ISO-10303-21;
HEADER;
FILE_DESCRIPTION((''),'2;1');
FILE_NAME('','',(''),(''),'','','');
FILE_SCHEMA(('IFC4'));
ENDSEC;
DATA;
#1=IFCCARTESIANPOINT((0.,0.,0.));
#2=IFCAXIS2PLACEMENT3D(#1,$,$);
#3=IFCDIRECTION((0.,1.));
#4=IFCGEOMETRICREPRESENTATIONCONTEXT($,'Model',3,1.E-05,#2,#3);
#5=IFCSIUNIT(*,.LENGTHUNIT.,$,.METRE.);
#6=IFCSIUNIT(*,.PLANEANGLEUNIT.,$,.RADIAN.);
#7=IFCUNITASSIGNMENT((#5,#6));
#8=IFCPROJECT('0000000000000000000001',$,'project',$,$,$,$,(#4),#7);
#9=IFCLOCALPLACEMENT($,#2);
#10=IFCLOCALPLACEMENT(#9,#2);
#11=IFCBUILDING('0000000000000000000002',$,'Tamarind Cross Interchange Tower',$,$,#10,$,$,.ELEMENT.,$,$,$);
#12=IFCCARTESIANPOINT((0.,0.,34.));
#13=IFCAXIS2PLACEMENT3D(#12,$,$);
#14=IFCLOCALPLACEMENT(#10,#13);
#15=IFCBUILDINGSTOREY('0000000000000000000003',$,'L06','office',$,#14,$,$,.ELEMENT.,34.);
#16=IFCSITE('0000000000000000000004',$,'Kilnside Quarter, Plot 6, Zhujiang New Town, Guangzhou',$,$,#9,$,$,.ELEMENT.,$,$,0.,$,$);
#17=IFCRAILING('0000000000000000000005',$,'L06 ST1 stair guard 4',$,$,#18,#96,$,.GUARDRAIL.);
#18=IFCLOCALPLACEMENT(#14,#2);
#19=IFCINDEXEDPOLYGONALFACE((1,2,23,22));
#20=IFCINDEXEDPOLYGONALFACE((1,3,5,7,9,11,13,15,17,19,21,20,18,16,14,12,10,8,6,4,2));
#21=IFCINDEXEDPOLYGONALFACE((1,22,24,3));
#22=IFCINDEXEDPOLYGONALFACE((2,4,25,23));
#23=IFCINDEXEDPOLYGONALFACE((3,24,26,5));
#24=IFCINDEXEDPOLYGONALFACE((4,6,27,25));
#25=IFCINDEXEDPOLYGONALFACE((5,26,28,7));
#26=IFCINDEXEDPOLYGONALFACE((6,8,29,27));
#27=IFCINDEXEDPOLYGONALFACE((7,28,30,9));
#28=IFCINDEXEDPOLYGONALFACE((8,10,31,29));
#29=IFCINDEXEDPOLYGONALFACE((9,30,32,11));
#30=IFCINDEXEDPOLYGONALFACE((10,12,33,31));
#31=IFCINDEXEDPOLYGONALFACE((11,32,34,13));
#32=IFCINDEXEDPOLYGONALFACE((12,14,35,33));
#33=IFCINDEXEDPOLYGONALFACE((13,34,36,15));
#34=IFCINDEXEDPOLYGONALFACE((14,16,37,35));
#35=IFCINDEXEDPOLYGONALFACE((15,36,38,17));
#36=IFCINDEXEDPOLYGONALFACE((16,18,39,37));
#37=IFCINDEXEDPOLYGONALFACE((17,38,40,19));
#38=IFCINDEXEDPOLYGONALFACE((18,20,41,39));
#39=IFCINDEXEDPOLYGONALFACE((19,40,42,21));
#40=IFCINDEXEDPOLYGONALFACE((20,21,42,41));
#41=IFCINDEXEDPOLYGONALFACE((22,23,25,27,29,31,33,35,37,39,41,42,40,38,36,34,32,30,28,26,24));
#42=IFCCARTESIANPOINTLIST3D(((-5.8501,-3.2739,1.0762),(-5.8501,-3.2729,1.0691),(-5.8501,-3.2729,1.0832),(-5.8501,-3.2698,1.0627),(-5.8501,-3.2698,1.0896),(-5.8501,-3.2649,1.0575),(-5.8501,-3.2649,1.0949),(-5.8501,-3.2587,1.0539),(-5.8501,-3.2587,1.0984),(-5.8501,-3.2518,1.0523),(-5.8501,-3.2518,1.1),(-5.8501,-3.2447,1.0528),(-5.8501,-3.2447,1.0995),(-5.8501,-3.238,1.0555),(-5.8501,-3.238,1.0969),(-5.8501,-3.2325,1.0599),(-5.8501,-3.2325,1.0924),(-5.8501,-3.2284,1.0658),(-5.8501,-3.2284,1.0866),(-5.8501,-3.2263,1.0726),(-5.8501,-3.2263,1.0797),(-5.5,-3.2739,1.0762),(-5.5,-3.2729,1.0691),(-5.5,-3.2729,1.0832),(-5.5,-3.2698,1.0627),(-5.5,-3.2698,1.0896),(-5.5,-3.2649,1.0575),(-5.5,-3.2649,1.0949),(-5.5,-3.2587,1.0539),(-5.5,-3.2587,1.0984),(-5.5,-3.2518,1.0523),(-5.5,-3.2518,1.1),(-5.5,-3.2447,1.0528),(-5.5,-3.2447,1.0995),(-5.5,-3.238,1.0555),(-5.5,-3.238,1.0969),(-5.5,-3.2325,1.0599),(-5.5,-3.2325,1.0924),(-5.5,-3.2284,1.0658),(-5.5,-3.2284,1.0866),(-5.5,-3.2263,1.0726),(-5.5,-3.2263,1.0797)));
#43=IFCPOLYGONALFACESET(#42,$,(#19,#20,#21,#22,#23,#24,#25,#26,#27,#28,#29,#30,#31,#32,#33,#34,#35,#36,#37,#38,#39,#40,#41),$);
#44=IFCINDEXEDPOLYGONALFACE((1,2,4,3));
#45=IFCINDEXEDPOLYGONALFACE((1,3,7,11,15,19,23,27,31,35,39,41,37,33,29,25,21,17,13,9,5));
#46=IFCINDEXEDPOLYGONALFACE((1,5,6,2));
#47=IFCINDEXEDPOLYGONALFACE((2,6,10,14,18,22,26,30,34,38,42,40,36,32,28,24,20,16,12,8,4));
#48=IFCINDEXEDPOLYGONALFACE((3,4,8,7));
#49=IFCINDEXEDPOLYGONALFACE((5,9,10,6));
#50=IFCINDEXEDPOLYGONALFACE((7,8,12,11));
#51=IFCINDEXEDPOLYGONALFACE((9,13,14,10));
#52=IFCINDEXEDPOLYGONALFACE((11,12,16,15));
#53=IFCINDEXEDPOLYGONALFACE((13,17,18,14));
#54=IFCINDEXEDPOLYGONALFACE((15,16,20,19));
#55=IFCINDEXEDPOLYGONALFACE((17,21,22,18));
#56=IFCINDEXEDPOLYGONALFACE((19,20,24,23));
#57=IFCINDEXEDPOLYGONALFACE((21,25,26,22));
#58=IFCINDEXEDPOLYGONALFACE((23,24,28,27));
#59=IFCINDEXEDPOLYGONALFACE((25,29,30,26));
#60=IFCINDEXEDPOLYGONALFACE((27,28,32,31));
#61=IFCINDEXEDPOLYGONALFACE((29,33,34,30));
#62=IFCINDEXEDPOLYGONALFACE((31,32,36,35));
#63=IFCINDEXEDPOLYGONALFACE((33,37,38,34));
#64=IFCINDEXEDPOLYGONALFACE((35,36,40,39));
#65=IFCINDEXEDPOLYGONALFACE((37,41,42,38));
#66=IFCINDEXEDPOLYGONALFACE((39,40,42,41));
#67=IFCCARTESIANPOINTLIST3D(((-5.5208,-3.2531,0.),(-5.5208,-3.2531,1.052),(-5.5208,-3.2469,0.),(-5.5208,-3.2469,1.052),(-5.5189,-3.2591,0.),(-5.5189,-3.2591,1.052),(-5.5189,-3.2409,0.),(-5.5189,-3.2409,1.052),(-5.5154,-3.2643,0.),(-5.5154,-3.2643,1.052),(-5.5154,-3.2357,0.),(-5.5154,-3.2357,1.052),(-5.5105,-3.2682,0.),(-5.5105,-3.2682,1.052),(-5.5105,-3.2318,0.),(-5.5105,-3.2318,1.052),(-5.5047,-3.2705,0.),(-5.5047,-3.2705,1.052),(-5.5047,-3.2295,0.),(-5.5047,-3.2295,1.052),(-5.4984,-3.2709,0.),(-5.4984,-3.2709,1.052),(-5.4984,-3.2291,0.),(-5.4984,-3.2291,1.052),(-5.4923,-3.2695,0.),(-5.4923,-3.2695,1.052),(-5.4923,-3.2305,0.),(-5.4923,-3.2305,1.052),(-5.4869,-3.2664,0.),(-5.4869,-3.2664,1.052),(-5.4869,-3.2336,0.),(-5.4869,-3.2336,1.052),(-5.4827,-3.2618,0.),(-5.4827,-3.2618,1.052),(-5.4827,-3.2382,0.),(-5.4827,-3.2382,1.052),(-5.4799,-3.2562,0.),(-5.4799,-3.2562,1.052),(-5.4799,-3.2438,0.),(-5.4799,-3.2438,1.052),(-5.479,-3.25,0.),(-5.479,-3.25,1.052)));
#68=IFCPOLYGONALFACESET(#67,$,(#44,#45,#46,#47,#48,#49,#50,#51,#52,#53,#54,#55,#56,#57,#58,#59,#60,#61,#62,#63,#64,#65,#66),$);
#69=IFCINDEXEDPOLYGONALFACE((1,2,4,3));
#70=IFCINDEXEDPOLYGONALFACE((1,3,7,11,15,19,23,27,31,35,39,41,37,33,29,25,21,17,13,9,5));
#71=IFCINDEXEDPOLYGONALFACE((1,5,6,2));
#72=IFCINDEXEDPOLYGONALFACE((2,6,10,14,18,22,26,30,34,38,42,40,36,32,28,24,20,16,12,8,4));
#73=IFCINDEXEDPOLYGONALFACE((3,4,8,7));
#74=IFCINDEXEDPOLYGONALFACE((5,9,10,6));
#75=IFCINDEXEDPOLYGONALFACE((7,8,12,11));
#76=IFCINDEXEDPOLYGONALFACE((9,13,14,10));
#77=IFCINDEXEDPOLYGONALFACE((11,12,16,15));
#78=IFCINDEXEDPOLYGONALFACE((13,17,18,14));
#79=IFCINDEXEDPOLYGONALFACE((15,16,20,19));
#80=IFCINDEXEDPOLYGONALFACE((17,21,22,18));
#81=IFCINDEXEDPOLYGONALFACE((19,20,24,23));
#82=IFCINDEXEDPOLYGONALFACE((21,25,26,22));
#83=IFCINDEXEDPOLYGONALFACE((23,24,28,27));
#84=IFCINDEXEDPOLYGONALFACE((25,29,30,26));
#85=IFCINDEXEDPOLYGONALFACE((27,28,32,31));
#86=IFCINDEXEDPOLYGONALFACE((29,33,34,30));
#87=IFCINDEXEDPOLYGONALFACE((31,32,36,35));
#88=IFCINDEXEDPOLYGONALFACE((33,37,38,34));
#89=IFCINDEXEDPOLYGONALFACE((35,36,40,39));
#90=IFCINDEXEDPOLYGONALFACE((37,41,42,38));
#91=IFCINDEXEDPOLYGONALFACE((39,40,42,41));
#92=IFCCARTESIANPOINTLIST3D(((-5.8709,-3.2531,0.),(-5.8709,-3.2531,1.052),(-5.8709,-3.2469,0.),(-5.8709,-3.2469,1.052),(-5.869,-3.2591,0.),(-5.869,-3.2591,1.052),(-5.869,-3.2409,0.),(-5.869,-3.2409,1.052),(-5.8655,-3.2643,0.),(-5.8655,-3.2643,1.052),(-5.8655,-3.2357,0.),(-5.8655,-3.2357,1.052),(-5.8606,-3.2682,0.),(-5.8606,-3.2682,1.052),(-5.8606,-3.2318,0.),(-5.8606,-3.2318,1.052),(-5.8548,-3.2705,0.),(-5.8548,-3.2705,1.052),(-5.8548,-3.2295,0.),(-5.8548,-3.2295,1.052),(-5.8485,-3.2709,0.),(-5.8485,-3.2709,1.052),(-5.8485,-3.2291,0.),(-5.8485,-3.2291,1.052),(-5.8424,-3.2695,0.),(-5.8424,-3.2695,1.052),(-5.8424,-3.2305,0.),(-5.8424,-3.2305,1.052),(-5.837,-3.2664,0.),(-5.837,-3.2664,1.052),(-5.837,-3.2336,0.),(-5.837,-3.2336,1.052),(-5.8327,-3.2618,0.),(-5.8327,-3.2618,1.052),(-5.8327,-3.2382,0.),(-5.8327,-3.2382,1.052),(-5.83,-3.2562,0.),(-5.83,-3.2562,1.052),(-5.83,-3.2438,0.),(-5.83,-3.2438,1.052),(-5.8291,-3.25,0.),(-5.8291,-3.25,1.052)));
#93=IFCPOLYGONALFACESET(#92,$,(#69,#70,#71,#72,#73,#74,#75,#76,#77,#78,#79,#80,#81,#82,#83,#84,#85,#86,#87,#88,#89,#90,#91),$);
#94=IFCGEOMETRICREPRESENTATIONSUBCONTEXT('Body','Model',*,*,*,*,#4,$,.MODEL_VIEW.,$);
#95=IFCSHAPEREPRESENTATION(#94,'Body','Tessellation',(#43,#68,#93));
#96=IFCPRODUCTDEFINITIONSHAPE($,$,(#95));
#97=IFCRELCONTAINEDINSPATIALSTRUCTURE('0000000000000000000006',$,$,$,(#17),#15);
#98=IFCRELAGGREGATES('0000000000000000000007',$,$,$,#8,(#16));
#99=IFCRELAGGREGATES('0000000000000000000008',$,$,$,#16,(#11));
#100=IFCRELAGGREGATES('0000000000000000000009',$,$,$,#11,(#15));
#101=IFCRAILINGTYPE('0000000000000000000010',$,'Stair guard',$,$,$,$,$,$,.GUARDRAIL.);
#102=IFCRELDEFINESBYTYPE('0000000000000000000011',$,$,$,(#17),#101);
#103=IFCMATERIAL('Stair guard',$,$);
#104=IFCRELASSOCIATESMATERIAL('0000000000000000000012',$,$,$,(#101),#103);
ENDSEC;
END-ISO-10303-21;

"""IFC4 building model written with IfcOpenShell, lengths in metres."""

from ifc_helpers import new_model, si_unit, direction, frame, origin, origin_2d, place, context, subcontext, project, spatial, circle, extrude, material, type_object, element, save


model = new_model("IFC4")

# Units and contexts
model_context = context("Model", 3, precision=1e-05, world=origin(), true_north=direction((0.0, 1.0)))
body_context = subcontext(model_context, "Body", "Model", "MODEL_VIEW")
ifc_project = project(units=[si_unit("LENGTHUNIT", "METRE"), si_unit("PLANEANGLEUNIT", "RADIAN")], contexts=[model_context])

# Site, building, storey
site_placement = place(None, origin())
site = spatial("IfcSite", under=ifc_project, at=site_placement, Name="Kilnside Quarter, Plot 6, Zhujiang New Town, Guangzhou", CompositionType="ELEMENT", RefElevation=0.0)
building_placement = place(site_placement, origin())
building = spatial("IfcBuilding", under=site, at=building_placement, Name="Tamarind Cross Interchange Tower", CompositionType="ELEMENT")
storey_placement = place(building_placement, frame((0.0, 0.0, 34.0)))
storey = spatial("IfcBuildingStorey", under=building, at=storey_placement, Name="L06", Description="office", CompositionType="ELEMENT", Elevation=34.0)

# Railing
ifc_material_1 = material(Name="Stair guard")
railing_type_1 = type_object("IfcRailingType", Name="Stair guard", PredefinedType="GUARDRAIL", material=ifc_material_1)
railing_1_placement = place(storey_placement, frame((-5.5, -3.25, 0.0)))
element("IfcRailing", 1, at=railing_1_placement, inside=storey, type_object=railing_type_1, Name="L06 ST1 stair guard 4", PredefinedType="GUARDRAIL", context=body_context, shape_type="SweptSolid", body=[
    extrude(circle(Radius=0.0239, at=origin_2d()), frame((0.0, 0.0, 1.0762), z_axis=(-1.0, 0.0, 0.0), x_axis=(0.0, -1.0, 0.0)), (0.0, 0.0, 1.0), 0.3501),
    extrude(circle(Radius=0.021, at=origin_2d()), origin(), (0.0, 0.0, 1.0), 1.052),
    extrude(circle(Radius=0.021, at=origin_2d()), frame((-0.3501, 0.0, 0.0)), (0.0, 0.0, 1.0), 1.052),
])

save(model, "model.ifc")
